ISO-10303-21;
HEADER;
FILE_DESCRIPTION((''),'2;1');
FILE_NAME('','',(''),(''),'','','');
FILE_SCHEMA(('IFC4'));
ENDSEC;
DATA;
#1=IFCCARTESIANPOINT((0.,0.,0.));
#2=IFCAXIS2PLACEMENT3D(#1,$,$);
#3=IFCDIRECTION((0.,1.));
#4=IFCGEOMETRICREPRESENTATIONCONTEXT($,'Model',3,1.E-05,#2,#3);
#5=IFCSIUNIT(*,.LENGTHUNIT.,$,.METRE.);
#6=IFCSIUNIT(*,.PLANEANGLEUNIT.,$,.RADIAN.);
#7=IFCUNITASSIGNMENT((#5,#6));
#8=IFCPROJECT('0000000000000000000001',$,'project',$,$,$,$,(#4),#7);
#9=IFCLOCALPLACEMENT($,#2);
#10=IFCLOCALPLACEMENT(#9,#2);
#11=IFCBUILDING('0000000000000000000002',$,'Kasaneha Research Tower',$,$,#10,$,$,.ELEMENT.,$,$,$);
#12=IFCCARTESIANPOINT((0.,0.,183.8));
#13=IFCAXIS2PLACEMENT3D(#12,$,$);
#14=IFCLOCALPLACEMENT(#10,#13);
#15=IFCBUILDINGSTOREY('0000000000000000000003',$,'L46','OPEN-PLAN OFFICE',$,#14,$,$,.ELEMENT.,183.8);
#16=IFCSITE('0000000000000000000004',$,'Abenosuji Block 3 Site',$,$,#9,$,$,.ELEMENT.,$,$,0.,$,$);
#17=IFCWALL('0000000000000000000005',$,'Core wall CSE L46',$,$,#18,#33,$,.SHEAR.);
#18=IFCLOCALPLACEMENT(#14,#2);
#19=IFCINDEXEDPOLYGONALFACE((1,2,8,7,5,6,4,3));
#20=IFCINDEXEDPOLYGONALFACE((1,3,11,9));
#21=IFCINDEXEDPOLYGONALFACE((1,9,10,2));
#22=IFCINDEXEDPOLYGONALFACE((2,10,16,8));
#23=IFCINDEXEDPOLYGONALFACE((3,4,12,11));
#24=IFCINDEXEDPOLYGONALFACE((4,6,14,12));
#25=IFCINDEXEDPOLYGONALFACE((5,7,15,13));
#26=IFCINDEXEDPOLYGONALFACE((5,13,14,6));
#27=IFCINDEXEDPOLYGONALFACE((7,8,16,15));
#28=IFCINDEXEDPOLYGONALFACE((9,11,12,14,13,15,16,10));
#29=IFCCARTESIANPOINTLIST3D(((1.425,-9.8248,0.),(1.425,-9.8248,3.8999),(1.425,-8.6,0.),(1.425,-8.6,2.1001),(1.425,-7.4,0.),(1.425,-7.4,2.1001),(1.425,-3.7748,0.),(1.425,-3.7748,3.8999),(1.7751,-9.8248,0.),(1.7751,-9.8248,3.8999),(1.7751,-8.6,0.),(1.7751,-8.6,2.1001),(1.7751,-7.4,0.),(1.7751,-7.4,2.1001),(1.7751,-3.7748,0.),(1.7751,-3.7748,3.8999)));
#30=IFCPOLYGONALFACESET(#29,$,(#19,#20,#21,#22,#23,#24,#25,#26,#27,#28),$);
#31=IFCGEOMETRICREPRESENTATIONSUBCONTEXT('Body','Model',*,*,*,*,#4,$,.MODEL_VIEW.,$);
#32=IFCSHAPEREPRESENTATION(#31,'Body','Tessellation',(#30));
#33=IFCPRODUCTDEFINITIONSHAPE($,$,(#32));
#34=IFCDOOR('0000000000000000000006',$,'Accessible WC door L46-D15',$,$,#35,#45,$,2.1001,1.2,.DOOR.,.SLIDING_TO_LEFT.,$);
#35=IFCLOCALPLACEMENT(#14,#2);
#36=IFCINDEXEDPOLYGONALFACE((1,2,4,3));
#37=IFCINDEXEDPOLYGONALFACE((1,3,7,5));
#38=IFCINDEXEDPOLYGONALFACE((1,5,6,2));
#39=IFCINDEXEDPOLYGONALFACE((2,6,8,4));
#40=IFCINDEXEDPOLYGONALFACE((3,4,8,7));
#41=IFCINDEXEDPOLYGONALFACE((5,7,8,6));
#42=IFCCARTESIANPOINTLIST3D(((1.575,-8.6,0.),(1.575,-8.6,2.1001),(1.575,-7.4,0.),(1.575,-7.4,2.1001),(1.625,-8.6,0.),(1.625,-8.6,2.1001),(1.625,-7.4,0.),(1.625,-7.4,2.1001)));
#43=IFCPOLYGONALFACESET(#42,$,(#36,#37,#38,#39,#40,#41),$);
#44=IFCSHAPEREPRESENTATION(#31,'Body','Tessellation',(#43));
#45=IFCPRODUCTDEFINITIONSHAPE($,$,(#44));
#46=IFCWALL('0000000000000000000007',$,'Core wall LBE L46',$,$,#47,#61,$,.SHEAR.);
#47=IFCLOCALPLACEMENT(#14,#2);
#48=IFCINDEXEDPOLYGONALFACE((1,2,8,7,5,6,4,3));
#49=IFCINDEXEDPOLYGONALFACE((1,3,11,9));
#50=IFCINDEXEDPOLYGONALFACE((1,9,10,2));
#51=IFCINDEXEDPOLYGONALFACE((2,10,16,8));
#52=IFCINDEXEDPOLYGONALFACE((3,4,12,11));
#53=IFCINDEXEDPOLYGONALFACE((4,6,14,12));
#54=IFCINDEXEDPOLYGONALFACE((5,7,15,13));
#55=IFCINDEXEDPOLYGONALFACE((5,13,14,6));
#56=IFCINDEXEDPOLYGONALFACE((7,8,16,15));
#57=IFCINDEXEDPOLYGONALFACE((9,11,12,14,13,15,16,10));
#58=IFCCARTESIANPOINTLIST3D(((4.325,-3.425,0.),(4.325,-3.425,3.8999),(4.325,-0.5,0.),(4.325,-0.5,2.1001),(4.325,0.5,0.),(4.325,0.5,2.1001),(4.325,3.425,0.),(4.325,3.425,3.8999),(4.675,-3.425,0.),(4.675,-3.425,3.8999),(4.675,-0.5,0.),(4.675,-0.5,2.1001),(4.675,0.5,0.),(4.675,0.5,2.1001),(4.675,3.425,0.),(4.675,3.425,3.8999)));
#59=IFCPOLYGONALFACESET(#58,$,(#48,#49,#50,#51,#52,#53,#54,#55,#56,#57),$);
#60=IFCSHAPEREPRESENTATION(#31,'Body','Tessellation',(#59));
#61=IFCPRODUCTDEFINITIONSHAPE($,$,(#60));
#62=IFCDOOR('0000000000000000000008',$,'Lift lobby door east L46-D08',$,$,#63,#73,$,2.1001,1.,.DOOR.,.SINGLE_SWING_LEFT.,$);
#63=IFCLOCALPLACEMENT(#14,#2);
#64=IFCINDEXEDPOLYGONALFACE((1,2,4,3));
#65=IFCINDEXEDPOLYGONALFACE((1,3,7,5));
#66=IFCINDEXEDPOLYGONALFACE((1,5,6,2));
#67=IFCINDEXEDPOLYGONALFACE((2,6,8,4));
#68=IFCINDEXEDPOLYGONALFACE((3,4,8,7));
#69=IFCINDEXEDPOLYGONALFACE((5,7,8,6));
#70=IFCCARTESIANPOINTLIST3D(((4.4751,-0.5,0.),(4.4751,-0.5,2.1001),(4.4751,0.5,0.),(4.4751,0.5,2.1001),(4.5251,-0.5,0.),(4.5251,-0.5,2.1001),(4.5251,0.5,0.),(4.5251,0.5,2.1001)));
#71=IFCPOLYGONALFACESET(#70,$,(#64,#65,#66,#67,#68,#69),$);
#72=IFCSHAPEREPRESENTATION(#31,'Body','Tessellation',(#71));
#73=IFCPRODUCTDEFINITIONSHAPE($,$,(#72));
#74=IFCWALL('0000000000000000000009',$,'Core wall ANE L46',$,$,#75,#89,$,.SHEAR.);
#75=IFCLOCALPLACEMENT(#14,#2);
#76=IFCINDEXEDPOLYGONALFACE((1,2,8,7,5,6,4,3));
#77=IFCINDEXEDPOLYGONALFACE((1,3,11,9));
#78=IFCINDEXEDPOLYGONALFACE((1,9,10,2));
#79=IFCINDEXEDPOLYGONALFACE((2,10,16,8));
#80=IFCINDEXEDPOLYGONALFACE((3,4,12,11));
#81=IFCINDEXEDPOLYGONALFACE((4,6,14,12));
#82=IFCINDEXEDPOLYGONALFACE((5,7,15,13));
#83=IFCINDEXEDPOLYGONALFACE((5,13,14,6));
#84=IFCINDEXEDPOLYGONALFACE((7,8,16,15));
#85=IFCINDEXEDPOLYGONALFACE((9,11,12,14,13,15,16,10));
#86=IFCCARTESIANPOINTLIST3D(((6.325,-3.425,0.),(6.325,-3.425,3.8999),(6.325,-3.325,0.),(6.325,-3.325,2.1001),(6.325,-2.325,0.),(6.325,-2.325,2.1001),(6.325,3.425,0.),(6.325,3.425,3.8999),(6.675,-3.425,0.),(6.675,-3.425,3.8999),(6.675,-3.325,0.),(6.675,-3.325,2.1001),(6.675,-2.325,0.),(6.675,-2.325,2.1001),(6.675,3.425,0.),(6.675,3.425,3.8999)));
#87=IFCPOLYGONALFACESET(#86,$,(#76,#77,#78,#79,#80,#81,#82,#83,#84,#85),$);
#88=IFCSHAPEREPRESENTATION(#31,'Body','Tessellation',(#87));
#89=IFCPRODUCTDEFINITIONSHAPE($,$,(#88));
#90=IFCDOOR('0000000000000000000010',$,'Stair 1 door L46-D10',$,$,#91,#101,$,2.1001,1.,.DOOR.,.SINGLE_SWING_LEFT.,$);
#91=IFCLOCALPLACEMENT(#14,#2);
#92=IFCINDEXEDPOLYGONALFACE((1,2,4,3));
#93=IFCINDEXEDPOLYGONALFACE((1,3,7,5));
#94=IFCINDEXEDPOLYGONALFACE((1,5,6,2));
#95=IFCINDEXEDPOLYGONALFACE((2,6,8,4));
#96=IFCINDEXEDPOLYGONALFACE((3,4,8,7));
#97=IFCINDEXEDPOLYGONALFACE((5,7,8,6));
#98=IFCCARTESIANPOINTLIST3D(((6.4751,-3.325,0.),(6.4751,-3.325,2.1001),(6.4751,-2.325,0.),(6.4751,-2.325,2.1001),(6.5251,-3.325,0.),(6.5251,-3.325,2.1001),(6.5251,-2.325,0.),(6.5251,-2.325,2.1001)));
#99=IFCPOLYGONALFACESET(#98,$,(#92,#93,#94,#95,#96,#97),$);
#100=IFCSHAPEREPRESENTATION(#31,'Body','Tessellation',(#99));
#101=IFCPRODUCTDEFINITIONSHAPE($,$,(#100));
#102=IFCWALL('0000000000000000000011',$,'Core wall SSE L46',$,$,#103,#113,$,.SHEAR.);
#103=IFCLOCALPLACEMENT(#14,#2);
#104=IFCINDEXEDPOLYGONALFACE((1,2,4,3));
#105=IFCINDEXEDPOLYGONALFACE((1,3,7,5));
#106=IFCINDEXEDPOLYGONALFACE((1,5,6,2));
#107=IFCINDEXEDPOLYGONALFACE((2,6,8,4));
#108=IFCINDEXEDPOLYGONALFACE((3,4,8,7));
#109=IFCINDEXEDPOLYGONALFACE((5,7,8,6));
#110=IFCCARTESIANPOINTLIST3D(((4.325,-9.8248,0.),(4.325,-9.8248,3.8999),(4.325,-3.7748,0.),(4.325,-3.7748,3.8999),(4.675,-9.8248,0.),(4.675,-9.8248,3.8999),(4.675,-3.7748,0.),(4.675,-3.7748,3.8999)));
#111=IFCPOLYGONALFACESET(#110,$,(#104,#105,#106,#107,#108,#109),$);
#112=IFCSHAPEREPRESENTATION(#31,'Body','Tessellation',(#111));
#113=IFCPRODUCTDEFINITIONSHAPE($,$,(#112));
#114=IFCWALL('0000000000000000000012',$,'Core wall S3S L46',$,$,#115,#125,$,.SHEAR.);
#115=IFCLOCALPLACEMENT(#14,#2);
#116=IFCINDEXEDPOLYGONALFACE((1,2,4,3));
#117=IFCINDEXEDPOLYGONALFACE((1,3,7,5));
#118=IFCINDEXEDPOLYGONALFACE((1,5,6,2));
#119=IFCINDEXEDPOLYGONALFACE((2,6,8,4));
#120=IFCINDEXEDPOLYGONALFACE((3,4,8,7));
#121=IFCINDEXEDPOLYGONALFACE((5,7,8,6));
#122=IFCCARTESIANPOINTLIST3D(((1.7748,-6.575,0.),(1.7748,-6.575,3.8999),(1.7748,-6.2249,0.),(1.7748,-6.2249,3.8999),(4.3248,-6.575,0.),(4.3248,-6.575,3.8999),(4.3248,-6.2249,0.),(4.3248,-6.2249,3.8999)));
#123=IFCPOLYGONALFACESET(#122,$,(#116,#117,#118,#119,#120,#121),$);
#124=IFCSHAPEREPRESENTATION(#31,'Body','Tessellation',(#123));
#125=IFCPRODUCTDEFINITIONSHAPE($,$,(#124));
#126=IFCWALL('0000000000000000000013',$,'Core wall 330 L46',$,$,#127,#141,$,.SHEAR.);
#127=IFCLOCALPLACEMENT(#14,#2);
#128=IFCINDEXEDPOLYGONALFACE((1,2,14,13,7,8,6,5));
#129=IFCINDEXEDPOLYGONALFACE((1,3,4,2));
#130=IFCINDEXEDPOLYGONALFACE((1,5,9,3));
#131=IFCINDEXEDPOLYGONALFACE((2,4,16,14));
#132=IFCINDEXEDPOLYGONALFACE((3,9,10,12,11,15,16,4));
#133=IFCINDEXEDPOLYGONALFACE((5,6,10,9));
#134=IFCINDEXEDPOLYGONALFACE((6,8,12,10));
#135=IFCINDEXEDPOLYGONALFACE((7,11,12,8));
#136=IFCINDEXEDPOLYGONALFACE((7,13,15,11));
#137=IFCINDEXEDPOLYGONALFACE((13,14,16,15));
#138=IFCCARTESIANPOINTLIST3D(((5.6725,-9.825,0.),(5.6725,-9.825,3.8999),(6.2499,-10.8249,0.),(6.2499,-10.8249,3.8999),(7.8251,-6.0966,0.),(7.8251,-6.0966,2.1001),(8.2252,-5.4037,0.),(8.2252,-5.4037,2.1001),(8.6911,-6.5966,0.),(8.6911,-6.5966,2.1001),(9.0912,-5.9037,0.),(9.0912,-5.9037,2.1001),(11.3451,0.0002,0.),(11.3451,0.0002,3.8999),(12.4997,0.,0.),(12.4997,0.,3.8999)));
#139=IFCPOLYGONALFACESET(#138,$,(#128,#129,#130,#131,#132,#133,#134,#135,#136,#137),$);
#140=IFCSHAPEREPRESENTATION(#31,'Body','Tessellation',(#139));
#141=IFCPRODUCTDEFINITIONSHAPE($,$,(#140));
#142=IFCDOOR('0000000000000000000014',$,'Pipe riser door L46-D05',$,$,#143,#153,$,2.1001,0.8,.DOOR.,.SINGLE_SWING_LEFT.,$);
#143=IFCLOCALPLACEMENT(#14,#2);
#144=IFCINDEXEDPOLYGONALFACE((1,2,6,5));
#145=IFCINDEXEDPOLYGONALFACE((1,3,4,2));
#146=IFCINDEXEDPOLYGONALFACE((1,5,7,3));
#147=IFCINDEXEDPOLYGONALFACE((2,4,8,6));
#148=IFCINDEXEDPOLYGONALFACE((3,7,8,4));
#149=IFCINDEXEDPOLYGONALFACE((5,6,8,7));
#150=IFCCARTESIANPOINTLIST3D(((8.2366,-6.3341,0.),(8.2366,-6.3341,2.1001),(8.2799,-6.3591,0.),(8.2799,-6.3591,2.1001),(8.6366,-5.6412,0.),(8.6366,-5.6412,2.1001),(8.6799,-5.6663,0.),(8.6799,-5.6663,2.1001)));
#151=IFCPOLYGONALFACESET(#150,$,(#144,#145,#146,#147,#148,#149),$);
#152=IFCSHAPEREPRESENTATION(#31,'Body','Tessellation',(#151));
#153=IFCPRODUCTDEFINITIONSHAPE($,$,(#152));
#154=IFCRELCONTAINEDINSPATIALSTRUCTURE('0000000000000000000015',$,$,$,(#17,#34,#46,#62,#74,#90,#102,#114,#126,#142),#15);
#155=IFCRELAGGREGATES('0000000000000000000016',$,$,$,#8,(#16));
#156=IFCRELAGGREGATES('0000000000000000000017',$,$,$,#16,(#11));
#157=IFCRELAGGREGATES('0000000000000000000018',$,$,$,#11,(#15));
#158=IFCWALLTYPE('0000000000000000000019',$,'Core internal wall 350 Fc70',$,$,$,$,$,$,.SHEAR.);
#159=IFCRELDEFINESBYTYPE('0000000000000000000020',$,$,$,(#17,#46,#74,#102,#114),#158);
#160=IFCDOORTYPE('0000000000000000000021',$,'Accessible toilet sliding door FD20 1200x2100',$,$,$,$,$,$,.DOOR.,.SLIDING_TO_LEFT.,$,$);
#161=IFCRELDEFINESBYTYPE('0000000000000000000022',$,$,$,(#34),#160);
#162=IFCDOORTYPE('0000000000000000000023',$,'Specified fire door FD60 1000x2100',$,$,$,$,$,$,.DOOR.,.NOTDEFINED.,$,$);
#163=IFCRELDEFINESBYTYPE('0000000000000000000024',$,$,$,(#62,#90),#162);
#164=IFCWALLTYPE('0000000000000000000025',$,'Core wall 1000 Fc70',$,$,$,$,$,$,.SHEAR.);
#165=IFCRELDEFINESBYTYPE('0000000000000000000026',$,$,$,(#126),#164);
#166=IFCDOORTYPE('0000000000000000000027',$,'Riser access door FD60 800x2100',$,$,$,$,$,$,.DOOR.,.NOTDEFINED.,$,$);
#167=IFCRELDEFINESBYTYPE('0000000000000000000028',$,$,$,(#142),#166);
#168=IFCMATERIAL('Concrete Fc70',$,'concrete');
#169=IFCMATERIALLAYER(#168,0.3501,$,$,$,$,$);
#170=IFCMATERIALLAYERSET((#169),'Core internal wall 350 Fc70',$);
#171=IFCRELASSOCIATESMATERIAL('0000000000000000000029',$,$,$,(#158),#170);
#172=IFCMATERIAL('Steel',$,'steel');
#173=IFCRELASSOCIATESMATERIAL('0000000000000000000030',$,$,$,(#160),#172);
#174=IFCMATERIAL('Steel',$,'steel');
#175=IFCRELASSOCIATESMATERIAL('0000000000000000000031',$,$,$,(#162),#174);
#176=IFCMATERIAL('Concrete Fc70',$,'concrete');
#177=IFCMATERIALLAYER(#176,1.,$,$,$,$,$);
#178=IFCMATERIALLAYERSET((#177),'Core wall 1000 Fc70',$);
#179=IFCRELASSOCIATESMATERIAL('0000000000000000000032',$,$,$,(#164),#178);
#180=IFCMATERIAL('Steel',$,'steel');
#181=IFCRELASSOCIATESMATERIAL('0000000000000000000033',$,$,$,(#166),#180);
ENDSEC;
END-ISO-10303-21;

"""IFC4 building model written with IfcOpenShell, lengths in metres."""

from ifc_helpers import new_model, si_unit, direction, frame, frame_2d, origin, place, context, subcontext, project, spatial, polyline, rectangle, outline, extrude, material, layer, layer_set, type_object, element, fill, save


model = new_model("IFC4")

# Units and contexts
model_context = context("Model", 3, precision=1e-05, world=origin(), true_north=direction((0.0, 1.0)))
body_context = subcontext(model_context, "Body", "Model", "MODEL_VIEW")
ifc_project = project(units=[si_unit("LENGTHUNIT", "METRE"), si_unit("PLANEANGLEUNIT", "RADIAN")], contexts=[model_context])

# Site, building, storey
site_placement = place(None, origin())
site = spatial("IfcSite", under=ifc_project, at=site_placement, Name="Abenosuji Block 3 Site", CompositionType="ELEMENT", RefElevation=0.0)
building_placement = place(site_placement, origin())
building = spatial("IfcBuilding", under=site, at=building_placement, Name="Kasaneha Research Tower", CompositionType="ELEMENT")
storey_placement = place(building_placement, frame((0.0, 0.0, 183.8)))
storey = spatial("IfcBuildingStorey", under=building, at=storey_placement, Name="L46", Description="OPEN-PLAN OFFICE", CompositionType="ELEMENT", Elevation=183.8)

# Walls, openings, doors
ifc_material_1 = material(Name="Concrete Fc70", Category="concrete")
ifc_layer_1 = layer(ifc_material_1, 0.3501)
ifc_layer_set_1 = layer_set([ifc_layer_1], Name="Core internal wall 350 Fc70")
wall_type_1 = type_object("IfcWallType", Name="Core internal wall 350 Fc70", PredefinedType="SHEAR", material=ifc_layer_set_1)
wall_1_placement = place(storey_placement, frame((1.6001, -3.7749, 0.0), z_axis=(0.0, 0.0, 1.0), x_axis=(0.0, -1.0, 0.0)))
wall_1 = element("IfcWall", 1, at=wall_1_placement, inside=storey, type_object=wall_type_1, Name="Core wall CSE L46", PredefinedType="SHEAR", context=body_context, shape_type="SweptSolid", body=[
    extrude(rectangle(XDim=6.05, YDim=0.3501, at=frame_2d((3.0249, 0.0))), origin(), (0.0, 0.0, 1.0), 3.8999),
])
opening_1_placement = place(wall_1_placement, frame((3.625, 0.0, 0.0)))
opening_1 = element("IfcOpeningElement", 2, at=opening_1_placement, cuts=wall_1, PredefinedType="OPENING", context=body_context, shape_type="SweptSolid", body=[
    extrude(rectangle(XDim=1.2, YDim=2.1001, at=frame_2d((0.6001, 1.05))), frame((0.0, 0.1851, 0.0), z_axis=(0.0, -1.0, 0.0), x_axis=(1.0, 0.0, 0.0)), (0.0, 0.0, 1.0), 0.3701),
])
ifc_material_2 = material(Name="Steel", Category="steel")
door_type_1 = type_object("IfcDoorType", Name="Accessible toilet sliding door FD20 1200x2100", OperationType="SLIDING_TO_LEFT", PredefinedType="DOOR", material=ifc_material_2)
door_1_placement = place(opening_1_placement, origin())
door_1 = element("IfcDoor", 3, at=door_1_placement, inside=storey, type_object=door_type_1, Name="Accessible WC door L46-D15", OperationType="SLIDING_TO_LEFT", OverallHeight=2.1001, OverallWidth=1.2, PredefinedType="DOOR", context=body_context, shape_type="SweptSolid", body=[
    extrude(rectangle(XDim=1.2, YDim=2.1001, at=frame_2d((0.6001, 1.05))), frame((0.0, 0.0249, 0.0), z_axis=(0.0, -1.0, 0.0), x_axis=(1.0, 0.0, 0.0)), (0.0, 0.0, 1.0), 0.05),
])
fill(opening_1, door_1)
wall_2_placement = place(storey_placement, frame((4.5, -3.425, 0.0), z_axis=(0.0, 0.0, 1.0), x_axis=(0.0, 1.0, 0.0)))
wall_2 = element("IfcWall", 4, at=wall_2_placement, inside=storey, type_object=wall_type_1, Name="Core wall LBE L46", PredefinedType="SHEAR", context=body_context, shape_type="SweptSolid", body=[
    extrude(rectangle(XDim=6.8501, YDim=0.3501, at=frame_2d((3.425, 0.0))), origin(), (0.0, 0.0, 1.0), 3.8999),
])
opening_2_placement = place(wall_2_placement, frame((2.925, 0.0, 0.0)))
opening_2 = element("IfcOpeningElement", 5, at=opening_2_placement, cuts=wall_2, PredefinedType="OPENING", context=body_context, shape_type="SweptSolid", body=[
    extrude(rectangle(XDim=1.0, YDim=2.1001, at=frame_2d((0.5, 1.05))), frame((0.0, 0.1851, 0.0), z_axis=(0.0, -1.0, 0.0), x_axis=(1.0, 0.0, 0.0)), (0.0, 0.0, 1.0), 0.3701),
])
ifc_material_3 = material(Name="Steel", Category="steel")
door_type_2 = type_object("IfcDoorType", Name="Specified fire door FD60 1000x2100", OperationType="NOTDEFINED", PredefinedType="DOOR", material=ifc_material_3)
door_2_placement = place(opening_2_placement, origin())
door_2 = element("IfcDoor", 6, at=door_2_placement, inside=storey, type_object=door_type_2, Name="Lift lobby door east L46-D08", OperationType="SINGLE_SWING_LEFT", OverallHeight=2.1001, OverallWidth=1.0, PredefinedType="DOOR", context=body_context, shape_type="SweptSolid", body=[
    extrude(rectangle(XDim=1.0, YDim=2.1001, at=frame_2d((0.5, 1.05))), frame((0.0, 0.0249, 0.0), z_axis=(0.0, -1.0, 0.0), x_axis=(1.0, 0.0, 0.0)), (0.0, 0.0, 1.0), 0.05),
])
fill(opening_2, door_2)
wall_3_placement = place(storey_placement, frame((6.5, -3.425, 0.0), z_axis=(0.0, 0.0, 1.0), x_axis=(0.0, 1.0, 0.0)))
wall_3 = element("IfcWall", 7, at=wall_3_placement, inside=storey, type_object=wall_type_1, Name="Core wall ANE L46", PredefinedType="SHEAR", context=body_context, shape_type="SweptSolid", body=[
    extrude(rectangle(XDim=6.8501, YDim=0.3501, at=frame_2d((3.425, 0.0))), origin(), (0.0, 0.0, 1.0), 3.8999),
])
opening_3_placement = place(wall_3_placement, frame((0.1001, 0.0, 0.0)))
opening_3 = element("IfcOpeningElement", 8, at=opening_3_placement, cuts=wall_3, PredefinedType="OPENING", context=body_context, shape_type="SweptSolid", body=[
    extrude(rectangle(XDim=1.0, YDim=2.1001, at=frame_2d((0.5, 1.05))), frame((0.0, 0.1851, 0.0), z_axis=(0.0, -1.0, 0.0), x_axis=(1.0, 0.0, 0.0)), (0.0, 0.0, 1.0), 0.3701),
])
door_3_placement = place(opening_3_placement, origin())
door_3 = element("IfcDoor", 9, at=door_3_placement, inside=storey, type_object=door_type_2, Name="Stair 1 door L46-D10", OperationType="SINGLE_SWING_LEFT", OverallHeight=2.1001, OverallWidth=1.0, PredefinedType="DOOR", context=body_context, shape_type="SweptSolid", body=[
    extrude(rectangle(XDim=1.0, YDim=2.1001, at=frame_2d((0.5, 1.05))), frame((0.0, 0.0249, 0.0), z_axis=(0.0, -1.0, 0.0), x_axis=(1.0, 0.0, 0.0)), (0.0, 0.0, 1.0), 0.05),
])
fill(opening_3, door_3)

# Walls
wall_4_placement = place(storey_placement, frame((4.5, -3.7749, 0.0), z_axis=(0.0, 0.0, 1.0), x_axis=(0.0, -1.0, 0.0)))
element("IfcWall", 10, at=wall_4_placement, inside=storey, type_object=wall_type_1, Name="Core wall SSE L46", PredefinedType="SHEAR", context=body_context, shape_type="SweptSolid", body=[
    extrude(rectangle(XDim=6.05, YDim=0.3501, at=frame_2d((3.0249, 0.0))), origin(), (0.0, 0.0, 1.0), 3.8999),
])
wall_5_placement = place(storey_placement, frame((1.7749, -6.3999, 0.0), z_axis=(0.0, 0.0, 1.0), x_axis=(1.0, 0.0, 0.0)))
element("IfcWall", 11, at=wall_5_placement, inside=storey, type_object=wall_type_1, Name="Core wall S3S L46", PredefinedType="SHEAR", context=body_context, shape_type="SweptSolid", body=[
    extrude(rectangle(XDim=2.55, YDim=0.3501, at=frame_2d((1.2749, 0.0))), origin(), (0.0, 0.0, 1.0), 3.8999),
])

# Wall, opening, door
ifc_material_4 = material(Name="Concrete Fc70", Category="concrete")
ifc_layer_2 = layer(ifc_material_4, 1.0)
ifc_layer_set_2 = layer_set([ifc_layer_2], Name="Core wall 1000 Fc70")
wall_type_2 = type_object("IfcWallType", Name="Core wall 1000 Fc70", PredefinedType="SHEAR", material=ifc_layer_set_2)
wall_6_placement = place(storey_placement, frame((5.9612, -10.325, 0.0), z_axis=(0.0, 0.0, 1.0), x_axis=(0.500004, 0.866023, 0.0)))
wall_6 = element("IfcWall", 12, at=wall_6_placement, inside=storey, type_object=wall_type_2, Name="Core wall 330 L46", PredefinedType="SHEAR", context=body_context, shape_type="SweptSolid", body=[
    extrude(outline(polyline([(-0.2886, -0.5), (4.594, -0.5), (5.394, -0.5), (12.2109, -0.5), (11.6338, 0.5), (5.394, 0.5), (4.594, 0.5), (0.2886, 0.5), (-0.2886, -0.5)])), origin(), (0.0, 0.0, 1.0), 3.8999),
])
opening_4_placement = place(wall_6_placement, frame((4.594, 0.0, 0.0)))
opening_4 = element("IfcOpeningElement", 13, at=opening_4_placement, cuts=wall_6, PredefinedType="OPENING", context=body_context, shape_type="SweptSolid", body=[
    extrude(rectangle(XDim=0.8, YDim=2.1001, at=frame_2d((0.3999, 1.05))), frame((0.0, 0.51, 0.0), z_axis=(0.0, -1.0, 0.0), x_axis=(1.0, 0.0, 0.0)), (0.0, 0.0, 1.0), 1.02),
])
ifc_material_5 = material(Name="Steel", Category="steel")
door_type_3 = type_object("IfcDoorType", Name="Riser access door FD60 800x2100", OperationType="NOTDEFINED", PredefinedType="DOOR", material=ifc_material_5)
door_4_placement = place(opening_4_placement, origin())
door_4 = element("IfcDoor", 14, at=door_4_placement, inside=storey, type_object=door_type_3, Name="Pipe riser door L46-D05", OperationType="SINGLE_SWING_LEFT", OverallHeight=2.1001, OverallWidth=0.8, PredefinedType="DOOR", context=body_context, shape_type="SweptSolid", body=[
    extrude(rectangle(XDim=0.8, YDim=2.1001, at=frame_2d((0.3999, 1.05))), frame((0.0, 0.0249, 0.0), z_axis=(0.0, -1.0, 0.0), x_axis=(1.0, 0.0, 0.0)), (0.0, 0.0, 1.0), 0.05),
])
fill(opening_4, door_4)

save(model, "model.ifc")
